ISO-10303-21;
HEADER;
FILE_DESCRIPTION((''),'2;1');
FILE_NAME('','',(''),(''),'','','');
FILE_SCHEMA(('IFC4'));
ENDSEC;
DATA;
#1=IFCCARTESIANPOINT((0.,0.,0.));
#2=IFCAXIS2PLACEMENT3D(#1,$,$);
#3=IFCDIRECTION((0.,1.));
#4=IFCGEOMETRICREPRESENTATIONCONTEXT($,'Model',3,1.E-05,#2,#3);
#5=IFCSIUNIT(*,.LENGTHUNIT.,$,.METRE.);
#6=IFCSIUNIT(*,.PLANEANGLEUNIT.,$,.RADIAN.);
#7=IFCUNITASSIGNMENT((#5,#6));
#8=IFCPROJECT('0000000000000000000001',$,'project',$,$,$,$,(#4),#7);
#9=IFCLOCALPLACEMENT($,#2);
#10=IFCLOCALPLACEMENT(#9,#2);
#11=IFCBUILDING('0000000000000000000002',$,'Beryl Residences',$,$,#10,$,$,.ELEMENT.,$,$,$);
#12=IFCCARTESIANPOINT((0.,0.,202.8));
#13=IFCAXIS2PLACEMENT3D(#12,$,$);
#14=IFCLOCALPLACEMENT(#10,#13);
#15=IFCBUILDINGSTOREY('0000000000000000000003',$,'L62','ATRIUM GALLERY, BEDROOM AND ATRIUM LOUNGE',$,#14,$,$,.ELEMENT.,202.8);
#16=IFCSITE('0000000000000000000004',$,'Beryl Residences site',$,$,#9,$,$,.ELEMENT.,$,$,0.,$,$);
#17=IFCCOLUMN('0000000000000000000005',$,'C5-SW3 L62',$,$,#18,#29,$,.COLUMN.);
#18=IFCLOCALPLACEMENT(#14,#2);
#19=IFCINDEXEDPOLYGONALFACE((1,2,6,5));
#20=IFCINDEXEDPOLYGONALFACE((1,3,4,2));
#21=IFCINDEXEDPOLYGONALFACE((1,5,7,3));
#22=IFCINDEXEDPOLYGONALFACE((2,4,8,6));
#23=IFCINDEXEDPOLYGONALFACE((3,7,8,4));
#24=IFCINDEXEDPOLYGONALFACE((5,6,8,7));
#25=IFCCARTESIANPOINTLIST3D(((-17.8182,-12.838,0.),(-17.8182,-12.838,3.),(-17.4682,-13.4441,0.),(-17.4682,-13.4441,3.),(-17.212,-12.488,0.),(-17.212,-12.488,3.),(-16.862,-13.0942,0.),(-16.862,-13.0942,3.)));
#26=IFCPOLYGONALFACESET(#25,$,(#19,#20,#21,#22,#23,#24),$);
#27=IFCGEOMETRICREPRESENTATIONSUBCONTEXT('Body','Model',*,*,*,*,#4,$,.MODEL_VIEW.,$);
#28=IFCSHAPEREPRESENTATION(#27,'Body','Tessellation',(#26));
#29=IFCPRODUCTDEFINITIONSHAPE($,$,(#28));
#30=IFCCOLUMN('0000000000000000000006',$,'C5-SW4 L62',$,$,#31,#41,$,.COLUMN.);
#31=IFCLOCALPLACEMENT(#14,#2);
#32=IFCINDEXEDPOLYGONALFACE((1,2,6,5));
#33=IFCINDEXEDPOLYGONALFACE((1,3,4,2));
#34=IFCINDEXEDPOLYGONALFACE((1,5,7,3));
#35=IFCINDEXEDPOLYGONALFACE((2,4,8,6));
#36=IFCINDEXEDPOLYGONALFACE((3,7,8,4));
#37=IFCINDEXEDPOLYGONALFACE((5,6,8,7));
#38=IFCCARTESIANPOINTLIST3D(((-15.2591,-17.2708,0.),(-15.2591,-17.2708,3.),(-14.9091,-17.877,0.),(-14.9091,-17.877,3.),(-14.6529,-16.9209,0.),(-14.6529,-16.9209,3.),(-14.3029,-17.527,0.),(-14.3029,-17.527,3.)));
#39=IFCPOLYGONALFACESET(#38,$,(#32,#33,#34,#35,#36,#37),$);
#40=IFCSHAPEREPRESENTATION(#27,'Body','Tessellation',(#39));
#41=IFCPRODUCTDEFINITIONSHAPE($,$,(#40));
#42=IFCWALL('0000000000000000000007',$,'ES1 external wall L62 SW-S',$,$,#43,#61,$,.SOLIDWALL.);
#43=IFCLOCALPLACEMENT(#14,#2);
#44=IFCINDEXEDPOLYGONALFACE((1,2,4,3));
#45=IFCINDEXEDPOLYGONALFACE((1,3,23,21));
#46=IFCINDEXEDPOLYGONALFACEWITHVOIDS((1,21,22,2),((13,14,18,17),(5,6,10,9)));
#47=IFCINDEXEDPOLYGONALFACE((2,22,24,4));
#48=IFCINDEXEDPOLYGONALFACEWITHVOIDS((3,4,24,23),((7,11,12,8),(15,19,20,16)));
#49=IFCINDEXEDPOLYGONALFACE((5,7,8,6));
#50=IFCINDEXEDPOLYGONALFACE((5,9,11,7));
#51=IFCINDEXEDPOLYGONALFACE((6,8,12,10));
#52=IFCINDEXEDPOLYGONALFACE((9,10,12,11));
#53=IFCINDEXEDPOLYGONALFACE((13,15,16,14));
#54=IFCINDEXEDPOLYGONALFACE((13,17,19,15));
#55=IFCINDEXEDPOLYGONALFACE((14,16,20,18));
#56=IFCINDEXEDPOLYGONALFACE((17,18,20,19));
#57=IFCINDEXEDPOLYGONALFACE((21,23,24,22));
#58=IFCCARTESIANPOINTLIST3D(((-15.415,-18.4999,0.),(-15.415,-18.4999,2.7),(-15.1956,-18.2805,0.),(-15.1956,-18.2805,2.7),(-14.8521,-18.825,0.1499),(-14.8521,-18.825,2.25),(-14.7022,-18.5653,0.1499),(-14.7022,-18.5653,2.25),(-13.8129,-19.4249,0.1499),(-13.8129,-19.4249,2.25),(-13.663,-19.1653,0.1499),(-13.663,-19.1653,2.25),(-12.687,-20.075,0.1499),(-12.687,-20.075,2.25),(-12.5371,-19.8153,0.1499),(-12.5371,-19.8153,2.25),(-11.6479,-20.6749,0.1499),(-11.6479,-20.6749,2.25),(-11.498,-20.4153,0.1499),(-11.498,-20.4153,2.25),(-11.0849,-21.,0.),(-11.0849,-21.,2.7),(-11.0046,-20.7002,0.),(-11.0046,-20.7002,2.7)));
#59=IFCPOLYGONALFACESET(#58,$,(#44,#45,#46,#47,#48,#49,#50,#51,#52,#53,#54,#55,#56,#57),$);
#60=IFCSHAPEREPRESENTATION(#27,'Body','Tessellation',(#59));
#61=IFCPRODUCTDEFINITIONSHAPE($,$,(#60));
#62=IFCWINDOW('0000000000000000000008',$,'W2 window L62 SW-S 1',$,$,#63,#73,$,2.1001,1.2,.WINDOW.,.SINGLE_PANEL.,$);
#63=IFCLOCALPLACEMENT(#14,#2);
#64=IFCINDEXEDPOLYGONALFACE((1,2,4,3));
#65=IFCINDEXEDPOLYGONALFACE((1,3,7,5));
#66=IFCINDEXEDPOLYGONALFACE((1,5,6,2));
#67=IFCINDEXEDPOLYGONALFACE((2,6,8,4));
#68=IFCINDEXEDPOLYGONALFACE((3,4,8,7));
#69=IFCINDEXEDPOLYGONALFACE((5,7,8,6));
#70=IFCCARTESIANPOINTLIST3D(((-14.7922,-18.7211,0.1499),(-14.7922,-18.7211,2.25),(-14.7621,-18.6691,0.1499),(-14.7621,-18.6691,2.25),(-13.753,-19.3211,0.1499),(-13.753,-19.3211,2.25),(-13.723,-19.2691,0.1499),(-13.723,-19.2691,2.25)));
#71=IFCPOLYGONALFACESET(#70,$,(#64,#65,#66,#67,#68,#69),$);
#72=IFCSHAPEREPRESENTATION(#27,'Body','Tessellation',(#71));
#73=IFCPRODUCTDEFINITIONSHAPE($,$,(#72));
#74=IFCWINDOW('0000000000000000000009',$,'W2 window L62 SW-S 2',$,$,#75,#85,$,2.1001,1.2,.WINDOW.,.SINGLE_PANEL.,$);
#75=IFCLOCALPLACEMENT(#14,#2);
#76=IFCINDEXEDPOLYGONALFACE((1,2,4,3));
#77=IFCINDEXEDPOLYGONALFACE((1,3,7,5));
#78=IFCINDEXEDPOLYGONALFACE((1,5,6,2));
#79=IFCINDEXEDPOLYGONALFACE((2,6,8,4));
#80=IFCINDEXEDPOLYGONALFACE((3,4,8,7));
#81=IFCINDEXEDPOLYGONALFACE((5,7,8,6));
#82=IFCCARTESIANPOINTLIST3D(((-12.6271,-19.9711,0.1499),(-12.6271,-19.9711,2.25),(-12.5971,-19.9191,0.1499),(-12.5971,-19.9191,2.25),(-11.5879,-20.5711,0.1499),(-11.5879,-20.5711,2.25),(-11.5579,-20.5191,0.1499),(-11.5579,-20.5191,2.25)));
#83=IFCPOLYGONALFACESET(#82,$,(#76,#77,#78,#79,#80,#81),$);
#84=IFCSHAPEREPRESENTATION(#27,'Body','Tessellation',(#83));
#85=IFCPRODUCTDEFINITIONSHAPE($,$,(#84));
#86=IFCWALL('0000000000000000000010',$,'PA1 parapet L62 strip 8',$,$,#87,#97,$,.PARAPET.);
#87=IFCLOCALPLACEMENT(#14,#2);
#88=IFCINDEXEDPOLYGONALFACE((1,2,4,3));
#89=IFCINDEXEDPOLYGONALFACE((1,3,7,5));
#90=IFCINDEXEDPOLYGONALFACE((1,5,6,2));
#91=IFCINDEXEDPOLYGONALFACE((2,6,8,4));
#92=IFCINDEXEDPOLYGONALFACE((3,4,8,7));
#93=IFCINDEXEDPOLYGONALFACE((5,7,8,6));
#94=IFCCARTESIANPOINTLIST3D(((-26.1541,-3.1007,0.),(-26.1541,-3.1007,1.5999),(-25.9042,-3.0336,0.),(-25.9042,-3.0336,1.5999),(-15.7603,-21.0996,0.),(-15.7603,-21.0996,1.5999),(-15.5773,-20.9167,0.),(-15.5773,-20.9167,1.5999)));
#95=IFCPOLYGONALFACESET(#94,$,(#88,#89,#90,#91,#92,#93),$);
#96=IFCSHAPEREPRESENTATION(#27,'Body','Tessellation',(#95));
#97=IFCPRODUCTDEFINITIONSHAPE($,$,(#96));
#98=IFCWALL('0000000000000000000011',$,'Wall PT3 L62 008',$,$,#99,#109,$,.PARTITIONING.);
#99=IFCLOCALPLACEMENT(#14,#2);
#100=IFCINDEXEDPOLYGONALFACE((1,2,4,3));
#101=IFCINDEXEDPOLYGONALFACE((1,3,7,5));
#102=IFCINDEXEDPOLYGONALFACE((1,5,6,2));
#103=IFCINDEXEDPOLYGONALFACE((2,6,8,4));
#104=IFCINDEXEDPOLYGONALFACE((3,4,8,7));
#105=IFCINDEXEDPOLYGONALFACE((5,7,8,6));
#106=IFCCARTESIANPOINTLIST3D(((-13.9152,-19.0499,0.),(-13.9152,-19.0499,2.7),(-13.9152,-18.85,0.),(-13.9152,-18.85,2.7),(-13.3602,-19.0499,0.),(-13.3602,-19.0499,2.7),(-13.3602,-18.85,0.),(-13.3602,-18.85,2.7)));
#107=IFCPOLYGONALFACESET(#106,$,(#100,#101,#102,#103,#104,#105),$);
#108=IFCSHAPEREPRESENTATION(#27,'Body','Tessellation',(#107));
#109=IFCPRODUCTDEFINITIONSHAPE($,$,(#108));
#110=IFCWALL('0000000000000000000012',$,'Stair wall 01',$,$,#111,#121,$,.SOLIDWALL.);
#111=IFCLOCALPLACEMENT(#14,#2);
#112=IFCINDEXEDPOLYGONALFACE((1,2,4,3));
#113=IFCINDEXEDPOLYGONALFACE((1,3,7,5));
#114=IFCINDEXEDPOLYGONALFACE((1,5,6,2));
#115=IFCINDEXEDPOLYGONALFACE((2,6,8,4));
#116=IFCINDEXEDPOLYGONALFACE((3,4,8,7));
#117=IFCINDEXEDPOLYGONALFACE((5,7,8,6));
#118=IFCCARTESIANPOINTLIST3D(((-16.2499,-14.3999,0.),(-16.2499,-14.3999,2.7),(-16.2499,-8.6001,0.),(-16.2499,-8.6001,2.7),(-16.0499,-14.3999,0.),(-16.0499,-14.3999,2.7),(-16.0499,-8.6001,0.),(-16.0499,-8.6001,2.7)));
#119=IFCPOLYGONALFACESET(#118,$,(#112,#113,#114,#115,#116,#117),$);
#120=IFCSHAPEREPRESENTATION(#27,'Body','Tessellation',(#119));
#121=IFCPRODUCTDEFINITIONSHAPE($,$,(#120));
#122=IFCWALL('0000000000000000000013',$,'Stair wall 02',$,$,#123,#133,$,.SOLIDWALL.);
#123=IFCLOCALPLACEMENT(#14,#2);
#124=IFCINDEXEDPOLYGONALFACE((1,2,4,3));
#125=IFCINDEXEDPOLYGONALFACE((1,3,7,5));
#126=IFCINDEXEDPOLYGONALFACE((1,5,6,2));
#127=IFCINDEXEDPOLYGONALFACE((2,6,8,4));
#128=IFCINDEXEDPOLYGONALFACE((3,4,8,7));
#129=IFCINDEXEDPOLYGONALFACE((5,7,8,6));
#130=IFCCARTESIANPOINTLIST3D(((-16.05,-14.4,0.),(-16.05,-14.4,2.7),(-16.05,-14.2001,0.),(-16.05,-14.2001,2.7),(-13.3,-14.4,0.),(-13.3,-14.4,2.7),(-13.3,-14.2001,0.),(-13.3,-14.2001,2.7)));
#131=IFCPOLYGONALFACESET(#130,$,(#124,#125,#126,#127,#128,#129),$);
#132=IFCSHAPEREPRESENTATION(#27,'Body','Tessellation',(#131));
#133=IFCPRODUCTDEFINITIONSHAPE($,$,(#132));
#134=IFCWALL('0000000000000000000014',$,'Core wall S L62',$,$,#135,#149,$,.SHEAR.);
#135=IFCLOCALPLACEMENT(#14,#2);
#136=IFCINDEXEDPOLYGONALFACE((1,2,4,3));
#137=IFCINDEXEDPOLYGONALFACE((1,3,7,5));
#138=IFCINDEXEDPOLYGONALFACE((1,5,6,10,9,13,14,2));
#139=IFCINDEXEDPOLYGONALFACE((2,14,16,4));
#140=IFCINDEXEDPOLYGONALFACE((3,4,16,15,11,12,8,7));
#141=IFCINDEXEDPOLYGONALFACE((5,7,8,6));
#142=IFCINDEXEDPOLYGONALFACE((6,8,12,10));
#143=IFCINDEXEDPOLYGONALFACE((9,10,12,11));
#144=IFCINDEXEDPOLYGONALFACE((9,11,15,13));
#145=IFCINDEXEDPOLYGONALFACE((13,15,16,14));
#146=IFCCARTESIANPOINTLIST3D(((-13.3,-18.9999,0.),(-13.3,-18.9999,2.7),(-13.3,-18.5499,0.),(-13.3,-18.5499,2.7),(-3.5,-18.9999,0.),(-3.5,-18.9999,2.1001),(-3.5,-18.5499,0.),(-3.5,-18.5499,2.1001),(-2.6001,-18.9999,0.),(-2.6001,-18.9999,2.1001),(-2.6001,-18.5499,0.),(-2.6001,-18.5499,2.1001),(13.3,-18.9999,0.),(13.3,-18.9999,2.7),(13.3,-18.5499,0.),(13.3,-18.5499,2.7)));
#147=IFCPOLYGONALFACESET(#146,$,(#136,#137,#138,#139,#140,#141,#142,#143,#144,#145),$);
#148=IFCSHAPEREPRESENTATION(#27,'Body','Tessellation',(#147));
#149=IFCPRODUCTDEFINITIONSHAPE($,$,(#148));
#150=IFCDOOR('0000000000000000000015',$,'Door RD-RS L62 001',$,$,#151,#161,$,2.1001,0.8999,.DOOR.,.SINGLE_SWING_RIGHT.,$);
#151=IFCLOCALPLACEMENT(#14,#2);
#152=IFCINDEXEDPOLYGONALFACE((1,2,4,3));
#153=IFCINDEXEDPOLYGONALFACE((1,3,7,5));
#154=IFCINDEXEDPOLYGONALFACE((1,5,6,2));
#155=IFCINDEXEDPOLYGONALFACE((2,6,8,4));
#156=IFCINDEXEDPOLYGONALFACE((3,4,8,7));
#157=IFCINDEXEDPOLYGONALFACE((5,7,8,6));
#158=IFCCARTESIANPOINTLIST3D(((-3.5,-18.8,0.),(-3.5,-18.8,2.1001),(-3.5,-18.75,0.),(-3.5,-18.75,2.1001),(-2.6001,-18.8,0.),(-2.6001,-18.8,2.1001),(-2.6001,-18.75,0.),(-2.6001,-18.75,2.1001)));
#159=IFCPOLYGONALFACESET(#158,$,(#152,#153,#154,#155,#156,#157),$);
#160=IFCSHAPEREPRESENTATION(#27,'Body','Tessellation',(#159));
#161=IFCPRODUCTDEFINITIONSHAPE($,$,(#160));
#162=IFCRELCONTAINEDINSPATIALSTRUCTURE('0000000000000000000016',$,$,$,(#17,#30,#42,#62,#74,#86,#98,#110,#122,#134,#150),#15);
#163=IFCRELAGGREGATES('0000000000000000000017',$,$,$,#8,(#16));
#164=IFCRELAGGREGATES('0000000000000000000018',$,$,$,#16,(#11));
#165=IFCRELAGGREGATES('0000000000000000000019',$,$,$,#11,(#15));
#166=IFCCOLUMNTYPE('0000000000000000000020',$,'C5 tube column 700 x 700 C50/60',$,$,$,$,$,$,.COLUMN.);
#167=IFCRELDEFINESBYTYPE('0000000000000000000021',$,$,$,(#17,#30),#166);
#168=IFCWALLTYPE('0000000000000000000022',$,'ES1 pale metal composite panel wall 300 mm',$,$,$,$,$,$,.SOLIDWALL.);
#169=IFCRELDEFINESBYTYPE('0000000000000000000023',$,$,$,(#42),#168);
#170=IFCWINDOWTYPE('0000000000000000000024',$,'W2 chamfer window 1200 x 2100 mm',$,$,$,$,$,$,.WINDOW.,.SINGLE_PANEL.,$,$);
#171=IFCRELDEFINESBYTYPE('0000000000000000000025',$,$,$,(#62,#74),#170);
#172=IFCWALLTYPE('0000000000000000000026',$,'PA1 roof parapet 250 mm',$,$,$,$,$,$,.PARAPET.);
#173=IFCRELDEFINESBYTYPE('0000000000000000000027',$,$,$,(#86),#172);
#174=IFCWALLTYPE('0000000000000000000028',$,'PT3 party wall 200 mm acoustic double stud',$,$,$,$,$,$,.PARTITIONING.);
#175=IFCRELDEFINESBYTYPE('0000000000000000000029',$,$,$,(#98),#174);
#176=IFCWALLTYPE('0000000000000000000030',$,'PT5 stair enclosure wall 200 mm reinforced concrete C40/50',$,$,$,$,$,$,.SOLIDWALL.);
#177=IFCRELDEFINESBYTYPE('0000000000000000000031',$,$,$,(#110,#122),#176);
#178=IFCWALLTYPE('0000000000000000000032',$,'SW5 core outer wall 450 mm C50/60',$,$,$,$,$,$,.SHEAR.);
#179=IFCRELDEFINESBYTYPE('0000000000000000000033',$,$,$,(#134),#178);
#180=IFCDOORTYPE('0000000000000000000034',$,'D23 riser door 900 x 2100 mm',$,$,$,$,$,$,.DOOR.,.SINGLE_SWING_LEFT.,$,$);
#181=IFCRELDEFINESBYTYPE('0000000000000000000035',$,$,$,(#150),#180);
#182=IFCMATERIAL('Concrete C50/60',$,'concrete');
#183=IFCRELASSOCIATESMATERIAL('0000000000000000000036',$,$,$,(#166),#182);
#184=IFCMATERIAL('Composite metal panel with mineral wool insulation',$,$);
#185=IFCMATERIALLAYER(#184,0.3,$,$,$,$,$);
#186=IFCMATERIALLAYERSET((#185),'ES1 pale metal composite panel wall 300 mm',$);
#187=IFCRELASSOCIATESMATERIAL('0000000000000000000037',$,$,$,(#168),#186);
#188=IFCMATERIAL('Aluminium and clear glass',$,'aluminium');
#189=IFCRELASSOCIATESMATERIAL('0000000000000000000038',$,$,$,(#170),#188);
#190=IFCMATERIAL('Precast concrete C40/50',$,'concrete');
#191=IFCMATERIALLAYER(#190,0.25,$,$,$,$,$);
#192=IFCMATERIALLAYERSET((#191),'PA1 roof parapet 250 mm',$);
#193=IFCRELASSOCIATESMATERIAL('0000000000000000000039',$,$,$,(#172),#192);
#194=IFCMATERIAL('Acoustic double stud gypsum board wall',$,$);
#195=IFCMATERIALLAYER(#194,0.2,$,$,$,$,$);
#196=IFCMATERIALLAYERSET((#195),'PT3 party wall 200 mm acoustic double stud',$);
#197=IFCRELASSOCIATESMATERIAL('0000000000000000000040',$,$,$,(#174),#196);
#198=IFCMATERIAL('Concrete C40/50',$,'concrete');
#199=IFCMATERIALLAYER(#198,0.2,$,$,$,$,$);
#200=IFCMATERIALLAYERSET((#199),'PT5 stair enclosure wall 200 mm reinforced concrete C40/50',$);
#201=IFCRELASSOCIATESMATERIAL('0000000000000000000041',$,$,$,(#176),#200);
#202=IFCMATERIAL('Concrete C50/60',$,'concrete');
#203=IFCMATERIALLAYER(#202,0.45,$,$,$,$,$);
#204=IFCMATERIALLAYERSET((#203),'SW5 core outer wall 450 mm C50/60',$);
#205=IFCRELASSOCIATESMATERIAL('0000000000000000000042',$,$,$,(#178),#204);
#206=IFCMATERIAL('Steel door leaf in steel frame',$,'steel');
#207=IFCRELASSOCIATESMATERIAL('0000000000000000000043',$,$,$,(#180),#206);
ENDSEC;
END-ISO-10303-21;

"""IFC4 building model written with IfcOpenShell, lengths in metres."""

from ifc_helpers import new_model, si_unit, direction, frame, frame_2d, origin, origin_2d, place, context, subcontext, project, spatial, polyline, rectangle, outline, extrude, material, layer, layer_set, material_profile, profile_set, type_object, element, fill, save


model = new_model("IFC4")

# Units and contexts
model_context = context("Model", 3, precision=1e-05, world=origin(), true_north=direction((0.0, 1.0)))
body_context = subcontext(model_context, "Body", "Model", "MODEL_VIEW")
ifc_project = project(units=[si_unit("LENGTHUNIT", "METRE"), si_unit("PLANEANGLEUNIT", "RADIAN")], contexts=[model_context])

# Site, building, storey
site_placement = place(None, origin())
site = spatial("IfcSite", under=ifc_project, at=site_placement, Name="Beryl Residences site", CompositionType="ELEMENT", RefElevation=0.0)
building_placement = place(site_placement, origin())
building = spatial("IfcBuilding", under=site, at=building_placement, Name="Beryl Residences", CompositionType="ELEMENT")
storey_placement = place(building_placement, frame((0.0, 0.0, 202.8)))
storey = spatial("IfcBuildingStorey", under=building, at=storey_placement, Name="L62", Description="ATRIUM GALLERY, BEDROOM AND ATRIUM LOUNGE", CompositionType="ELEMENT", Elevation=202.8)

# Columns
ifc_material_1 = material(Name="Concrete C50/60", Category="concrete")
ifc_material_profile = material_profile(ifc_material_1, rectangle(XDim=0.7, YDim=0.7, at=origin_2d()))
ifc_profile_set = profile_set([ifc_material_profile], Name="Concrete C50/60")
column_type = type_object("IfcColumnType", Name="C5 tube column 700 x 700 C50/60", PredefinedType="COLUMN", material=ifc_profile_set)
for number, where, z_axis, x_axis, name in (
    (1, (-17.3401, -12.9661, 0.0), (0.0, 0.0, 1.0), (0.499985, -0.866034, 0.0), "C5-SW3 L62"),
    (2, (-14.781, -17.3989, 0.0), (0.0, 0.0, 1.0), (0.499985, -0.866034, 0.0), "C5-SW4 L62"),
):
    element("IfcColumn", number, at=place(storey_placement, frame(where, z_axis=z_axis, x_axis=x_axis)), inside=storey, type_object=column_type, Name=name, PredefinedType="COLUMN", context=body_context, shape_type="SweptSolid", body=[
        extrude(rectangle(XDim=0.7, YDim=0.7, at=origin_2d()), origin(), (0.0, 0.0, 1.0), 3.0),
    ])

# Wall, openings, windows
ifc_material_2 = material(Name="Composite metal panel with mineral wool insulation")
ifc_layer_1 = layer(ifc_material_2, 0.3)
ifc_layer_set_1 = layer_set([ifc_layer_1], Name="ES1 pale metal composite panel wall 300 mm")
wall_type_1 = type_object("IfcWallType", Name="ES1 pale metal composite panel wall 300 mm", PredefinedType="SOLIDWALL", material=ifc_layer_set_1)
wall_1_placement = place(storey_placement, frame((-15.3401, -18.3701, 0.0), z_axis=(0.0, 0.0, 1.0), x_axis=(0.866023, -0.500004, 0.0)))
wall_1 = element("IfcWall", 3, at=wall_1_placement, inside=storey, type_object=wall_type_1, Name="ES1 external wall L62 SW-S", PredefinedType="SOLIDWALL", context=body_context, shape_type="SweptSolid", body=[
    extrude(outline(polyline([(0.0, -0.1499), (5.0, -0.1499), (4.9197, 0.1499), (0.0803, 0.1499), (0.0, -0.1499)])), origin(), (0.0, 0.0, 1.0), 2.7),
])
opening_1_placement = place(wall_1_placement, frame((0.6499, 0.0, 0.1499)))
opening_1 = element("IfcOpeningElement", 4, at=opening_1_placement, cuts=wall_1, PredefinedType="OPENING", context=body_context, shape_type="SweptSolid", body=[
    extrude(rectangle(XDim=1.2, YDim=2.1001, at=frame_2d((0.6001, 1.05))), frame((0.0, 0.1599, 0.0), z_axis=(0.0, -1.0, 0.0), x_axis=(1.0, 0.0, 0.0)), (0.0, 0.0, 1.0), 0.3201),
])
opening_2_placement = place(wall_1_placement, frame((3.1499, 0.0, 0.1499)))
opening_2 = element("IfcOpeningElement", 5, at=opening_2_placement, cuts=wall_1, PredefinedType="OPENING", context=body_context, shape_type="SweptSolid", body=[
    extrude(rectangle(XDim=1.2, YDim=2.1001, at=frame_2d((0.6001, 1.05))), frame((0.0, 0.1599, 0.0), z_axis=(0.0, -1.0, 0.0), x_axis=(1.0, 0.0, 0.0)), (0.0, 0.0, 1.0), 0.3201),
])
ifc_material_3 = material(Name="Aluminium and clear glass", Category="aluminium")
window_type = type_object("IfcWindowType", Name="W2 chamfer window 1200 x 2100 mm", PartitioningType="SINGLE_PANEL", PredefinedType="WINDOW", material=ifc_material_3)
window_1_placement = place(opening_1_placement, origin())
window_1 = element("IfcWindow", 6, at=window_1_placement, inside=storey, type_object=window_type, Name="W2 window L62 SW-S 1", OverallHeight=2.1001, OverallWidth=1.2, PartitioningType="SINGLE_PANEL", PredefinedType="WINDOW", context=body_context, shape_type="SweptSolid", body=[
    extrude(rectangle(XDim=1.2, YDim=2.1001, at=frame_2d((0.6001, 1.05))), frame((0.0, 0.03, 0.0), z_axis=(0.0, -1.0, 0.0), x_axis=(1.0, 0.0, 0.0)), (0.0, 0.0, 1.0), 0.0601),
])
fill(opening_1, window_1)
window_2_placement = place(opening_2_placement, origin())
window_2 = element("IfcWindow", 7, at=window_2_placement, inside=storey, type_object=window_type, Name="W2 window L62 SW-S 2", OverallHeight=2.1001, OverallWidth=1.2, PartitioningType="SINGLE_PANEL", PredefinedType="WINDOW", context=body_context, shape_type="SweptSolid", body=[
    extrude(rectangle(XDim=1.2, YDim=2.1001, at=frame_2d((0.6001, 1.05))), frame((0.0, 0.03, 0.0), z_axis=(0.0, -1.0, 0.0), x_axis=(1.0, 0.0, 0.0)), (0.0, 0.0, 1.0), 0.0601),
])
fill(opening_2, window_2)

# Walls
ifc_material_4 = material(Name="Precast concrete C40/50", Category="concrete")
ifc_layer_2 = layer(ifc_material_4, 0.25)
ifc_layer_set_2 = layer_set([ifc_layer_2], Name="PA1 roof parapet 250 mm")
wall_type_2 = type_object("IfcWallType", Name="PA1 roof parapet 250 mm", PredefinedType="PARAPET", material=ifc_layer_set_2)
wall_2_placement = place(storey_placement, frame((-15.6521, -21.0371, 0.0), z_axis=(0.0, 0.0, 1.0), x_axis=(-0.500074, 0.865983, 0.0)))
element("IfcWall", 8, at=wall_2_placement, inside=storey, type_object=wall_type_2, Name="PA1 parapet L62 strip 8", PredefinedType="PARAPET", context=body_context, shape_type="SweptSolid", body=[
    extrude(outline(polyline([(0.0669, -0.125), (20.7175, -0.125), (20.7844, 0.125), (0.0, 0.125), (0.0669, -0.125)])), origin(), (0.0, 0.0, 1.0), 1.5999),
])
ifc_material_5 = material(Name="Acoustic double stud gypsum board wall")
ifc_layer_3 = layer(ifc_material_5, 0.2)
ifc_layer_set_3 = layer_set([ifc_layer_3], Name="PT3 party wall 200 mm acoustic double stud")
wall_type_3 = type_object("IfcWallType", Name="PT3 party wall 200 mm acoustic double stud", PredefinedType="PARTITIONING", material=ifc_layer_set_3)
wall_3_placement = place(storey_placement, frame((-13.915, -18.95, 0.0), z_axis=(0.0, 0.0, 1.0), x_axis=(1.0, 0.0, 0.0)))
element("IfcWall", 9, at=wall_3_placement, inside=storey, type_object=wall_type_3, Name="Wall PT3 L62 008", PredefinedType="PARTITIONING", context=body_context, shape_type="SweptSolid", body=[
    extrude(rectangle(XDim=0.5549, YDim=0.2, at=frame_2d((0.2773, 0.0))), origin(), (0.0, 0.0, 1.0), 2.7),
])
ifc_material_6 = material(Name="Concrete C40/50", Category="concrete")
ifc_layer_4 = layer(ifc_material_6, 0.2)
ifc_layer_set_4 = layer_set([ifc_layer_4], Name="PT5 stair enclosure wall 200 mm reinforced concrete C40/50")
wall_type_4 = type_object("IfcWallType", Name="PT5 stair enclosure wall 200 mm reinforced concrete C40/50", PredefinedType="SOLIDWALL", material=ifc_layer_set_4)
wall_4_placement = place(storey_placement, frame((-16.1499, -14.3999, 0.0), z_axis=(0.0, 0.0, 1.0), x_axis=(0.0, 1.0, 0.0)))
element("IfcWall", 10, at=wall_4_placement, inside=storey, type_object=wall_type_4, Name="Stair wall 01", PredefinedType="SOLIDWALL", context=body_context, shape_type="SweptSolid", body=[
    extrude(rectangle(XDim=5.7998, YDim=0.2, at=frame_2d((2.8999, 0.0))), origin(), (0.0, 0.0, 1.0), 2.7),
])
wall_5_placement = place(storey_placement, frame((-16.05, -14.3, 0.0), z_axis=(0.0, 0.0, 1.0), x_axis=(1.0, 0.0, 0.0)))
element("IfcWall", 11, at=wall_5_placement, inside=storey, type_object=wall_type_4, Name="Stair wall 02", PredefinedType="SOLIDWALL", context=body_context, shape_type="SweptSolid", body=[
    extrude(rectangle(XDim=2.75, YDim=0.2, at=frame_2d((1.375, 0.0))), origin(), (0.0, 0.0, 1.0), 2.7),
])

# Wall, opening, door
ifc_material_7 = material(Name="Concrete C50/60", Category="concrete")
ifc_layer_5 = layer(ifc_material_7, 0.45)
ifc_layer_set_5 = layer_set([ifc_layer_5], Name="SW5 core outer wall 450 mm C50/60")
wall_type_5 = type_object("IfcWallType", Name="SW5 core outer wall 450 mm C50/60", PredefinedType="SHEAR", material=ifc_layer_set_5)
wall_6_placement = place(storey_placement, frame((-13.3, -18.7749, 0.0), z_axis=(0.0, 0.0, 1.0), x_axis=(1.0, 0.0, 0.0)))
wall_6 = element("IfcWall", 12, at=wall_6_placement, inside=storey, type_object=wall_type_5, Name="Core wall S L62", PredefinedType="SHEAR", context=body_context, shape_type="SweptSolid", body=[
    extrude(rectangle(XDim=26.6001, YDim=0.45, at=frame_2d((13.3, 0.0))), origin(), (0.0, 0.0, 1.0), 2.7),
])
opening_3_placement = place(wall_6_placement, frame((9.8, 0.0, 0.0)))
opening_3 = element("IfcOpeningElement", 13, at=opening_3_placement, cuts=wall_6, PredefinedType="OPENING", context=body_context, shape_type="SweptSolid", body=[
    extrude(rectangle(XDim=0.8999, YDim=2.1001, at=frame_2d((0.45, 1.05))), frame((0.0, 0.2349, 0.0), z_axis=(0.0, -1.0, 0.0), x_axis=(1.0, 0.0, 0.0)), (0.0, 0.0, 1.0), 0.47),
])
ifc_material_8 = material(Name="Steel door leaf in steel frame", Category="steel")
door_type = type_object("IfcDoorType", Name="D23 riser door 900 x 2100 mm", OperationType="SINGLE_SWING_LEFT", PredefinedType="DOOR", material=ifc_material_8)
door_placement = place(opening_3_placement, origin())
door = element("IfcDoor", 14, at=door_placement, inside=storey, type_object=door_type, Name="Door RD-RS L62 001", OperationType="SINGLE_SWING_RIGHT", OverallHeight=2.1001, OverallWidth=0.8999, PredefinedType="DOOR", context=body_context, shape_type="SweptSolid", body=[
    extrude(rectangle(XDim=0.8999, YDim=2.1001, at=frame_2d((0.45, 1.05))), frame((0.0, 0.0249, 0.0), z_axis=(0.0, -1.0, 0.0), x_axis=(1.0, 0.0, 0.0)), (0.0, 0.0, 1.0), 0.05),
])
fill(opening_3, door)

save(model, "model.ifc")
